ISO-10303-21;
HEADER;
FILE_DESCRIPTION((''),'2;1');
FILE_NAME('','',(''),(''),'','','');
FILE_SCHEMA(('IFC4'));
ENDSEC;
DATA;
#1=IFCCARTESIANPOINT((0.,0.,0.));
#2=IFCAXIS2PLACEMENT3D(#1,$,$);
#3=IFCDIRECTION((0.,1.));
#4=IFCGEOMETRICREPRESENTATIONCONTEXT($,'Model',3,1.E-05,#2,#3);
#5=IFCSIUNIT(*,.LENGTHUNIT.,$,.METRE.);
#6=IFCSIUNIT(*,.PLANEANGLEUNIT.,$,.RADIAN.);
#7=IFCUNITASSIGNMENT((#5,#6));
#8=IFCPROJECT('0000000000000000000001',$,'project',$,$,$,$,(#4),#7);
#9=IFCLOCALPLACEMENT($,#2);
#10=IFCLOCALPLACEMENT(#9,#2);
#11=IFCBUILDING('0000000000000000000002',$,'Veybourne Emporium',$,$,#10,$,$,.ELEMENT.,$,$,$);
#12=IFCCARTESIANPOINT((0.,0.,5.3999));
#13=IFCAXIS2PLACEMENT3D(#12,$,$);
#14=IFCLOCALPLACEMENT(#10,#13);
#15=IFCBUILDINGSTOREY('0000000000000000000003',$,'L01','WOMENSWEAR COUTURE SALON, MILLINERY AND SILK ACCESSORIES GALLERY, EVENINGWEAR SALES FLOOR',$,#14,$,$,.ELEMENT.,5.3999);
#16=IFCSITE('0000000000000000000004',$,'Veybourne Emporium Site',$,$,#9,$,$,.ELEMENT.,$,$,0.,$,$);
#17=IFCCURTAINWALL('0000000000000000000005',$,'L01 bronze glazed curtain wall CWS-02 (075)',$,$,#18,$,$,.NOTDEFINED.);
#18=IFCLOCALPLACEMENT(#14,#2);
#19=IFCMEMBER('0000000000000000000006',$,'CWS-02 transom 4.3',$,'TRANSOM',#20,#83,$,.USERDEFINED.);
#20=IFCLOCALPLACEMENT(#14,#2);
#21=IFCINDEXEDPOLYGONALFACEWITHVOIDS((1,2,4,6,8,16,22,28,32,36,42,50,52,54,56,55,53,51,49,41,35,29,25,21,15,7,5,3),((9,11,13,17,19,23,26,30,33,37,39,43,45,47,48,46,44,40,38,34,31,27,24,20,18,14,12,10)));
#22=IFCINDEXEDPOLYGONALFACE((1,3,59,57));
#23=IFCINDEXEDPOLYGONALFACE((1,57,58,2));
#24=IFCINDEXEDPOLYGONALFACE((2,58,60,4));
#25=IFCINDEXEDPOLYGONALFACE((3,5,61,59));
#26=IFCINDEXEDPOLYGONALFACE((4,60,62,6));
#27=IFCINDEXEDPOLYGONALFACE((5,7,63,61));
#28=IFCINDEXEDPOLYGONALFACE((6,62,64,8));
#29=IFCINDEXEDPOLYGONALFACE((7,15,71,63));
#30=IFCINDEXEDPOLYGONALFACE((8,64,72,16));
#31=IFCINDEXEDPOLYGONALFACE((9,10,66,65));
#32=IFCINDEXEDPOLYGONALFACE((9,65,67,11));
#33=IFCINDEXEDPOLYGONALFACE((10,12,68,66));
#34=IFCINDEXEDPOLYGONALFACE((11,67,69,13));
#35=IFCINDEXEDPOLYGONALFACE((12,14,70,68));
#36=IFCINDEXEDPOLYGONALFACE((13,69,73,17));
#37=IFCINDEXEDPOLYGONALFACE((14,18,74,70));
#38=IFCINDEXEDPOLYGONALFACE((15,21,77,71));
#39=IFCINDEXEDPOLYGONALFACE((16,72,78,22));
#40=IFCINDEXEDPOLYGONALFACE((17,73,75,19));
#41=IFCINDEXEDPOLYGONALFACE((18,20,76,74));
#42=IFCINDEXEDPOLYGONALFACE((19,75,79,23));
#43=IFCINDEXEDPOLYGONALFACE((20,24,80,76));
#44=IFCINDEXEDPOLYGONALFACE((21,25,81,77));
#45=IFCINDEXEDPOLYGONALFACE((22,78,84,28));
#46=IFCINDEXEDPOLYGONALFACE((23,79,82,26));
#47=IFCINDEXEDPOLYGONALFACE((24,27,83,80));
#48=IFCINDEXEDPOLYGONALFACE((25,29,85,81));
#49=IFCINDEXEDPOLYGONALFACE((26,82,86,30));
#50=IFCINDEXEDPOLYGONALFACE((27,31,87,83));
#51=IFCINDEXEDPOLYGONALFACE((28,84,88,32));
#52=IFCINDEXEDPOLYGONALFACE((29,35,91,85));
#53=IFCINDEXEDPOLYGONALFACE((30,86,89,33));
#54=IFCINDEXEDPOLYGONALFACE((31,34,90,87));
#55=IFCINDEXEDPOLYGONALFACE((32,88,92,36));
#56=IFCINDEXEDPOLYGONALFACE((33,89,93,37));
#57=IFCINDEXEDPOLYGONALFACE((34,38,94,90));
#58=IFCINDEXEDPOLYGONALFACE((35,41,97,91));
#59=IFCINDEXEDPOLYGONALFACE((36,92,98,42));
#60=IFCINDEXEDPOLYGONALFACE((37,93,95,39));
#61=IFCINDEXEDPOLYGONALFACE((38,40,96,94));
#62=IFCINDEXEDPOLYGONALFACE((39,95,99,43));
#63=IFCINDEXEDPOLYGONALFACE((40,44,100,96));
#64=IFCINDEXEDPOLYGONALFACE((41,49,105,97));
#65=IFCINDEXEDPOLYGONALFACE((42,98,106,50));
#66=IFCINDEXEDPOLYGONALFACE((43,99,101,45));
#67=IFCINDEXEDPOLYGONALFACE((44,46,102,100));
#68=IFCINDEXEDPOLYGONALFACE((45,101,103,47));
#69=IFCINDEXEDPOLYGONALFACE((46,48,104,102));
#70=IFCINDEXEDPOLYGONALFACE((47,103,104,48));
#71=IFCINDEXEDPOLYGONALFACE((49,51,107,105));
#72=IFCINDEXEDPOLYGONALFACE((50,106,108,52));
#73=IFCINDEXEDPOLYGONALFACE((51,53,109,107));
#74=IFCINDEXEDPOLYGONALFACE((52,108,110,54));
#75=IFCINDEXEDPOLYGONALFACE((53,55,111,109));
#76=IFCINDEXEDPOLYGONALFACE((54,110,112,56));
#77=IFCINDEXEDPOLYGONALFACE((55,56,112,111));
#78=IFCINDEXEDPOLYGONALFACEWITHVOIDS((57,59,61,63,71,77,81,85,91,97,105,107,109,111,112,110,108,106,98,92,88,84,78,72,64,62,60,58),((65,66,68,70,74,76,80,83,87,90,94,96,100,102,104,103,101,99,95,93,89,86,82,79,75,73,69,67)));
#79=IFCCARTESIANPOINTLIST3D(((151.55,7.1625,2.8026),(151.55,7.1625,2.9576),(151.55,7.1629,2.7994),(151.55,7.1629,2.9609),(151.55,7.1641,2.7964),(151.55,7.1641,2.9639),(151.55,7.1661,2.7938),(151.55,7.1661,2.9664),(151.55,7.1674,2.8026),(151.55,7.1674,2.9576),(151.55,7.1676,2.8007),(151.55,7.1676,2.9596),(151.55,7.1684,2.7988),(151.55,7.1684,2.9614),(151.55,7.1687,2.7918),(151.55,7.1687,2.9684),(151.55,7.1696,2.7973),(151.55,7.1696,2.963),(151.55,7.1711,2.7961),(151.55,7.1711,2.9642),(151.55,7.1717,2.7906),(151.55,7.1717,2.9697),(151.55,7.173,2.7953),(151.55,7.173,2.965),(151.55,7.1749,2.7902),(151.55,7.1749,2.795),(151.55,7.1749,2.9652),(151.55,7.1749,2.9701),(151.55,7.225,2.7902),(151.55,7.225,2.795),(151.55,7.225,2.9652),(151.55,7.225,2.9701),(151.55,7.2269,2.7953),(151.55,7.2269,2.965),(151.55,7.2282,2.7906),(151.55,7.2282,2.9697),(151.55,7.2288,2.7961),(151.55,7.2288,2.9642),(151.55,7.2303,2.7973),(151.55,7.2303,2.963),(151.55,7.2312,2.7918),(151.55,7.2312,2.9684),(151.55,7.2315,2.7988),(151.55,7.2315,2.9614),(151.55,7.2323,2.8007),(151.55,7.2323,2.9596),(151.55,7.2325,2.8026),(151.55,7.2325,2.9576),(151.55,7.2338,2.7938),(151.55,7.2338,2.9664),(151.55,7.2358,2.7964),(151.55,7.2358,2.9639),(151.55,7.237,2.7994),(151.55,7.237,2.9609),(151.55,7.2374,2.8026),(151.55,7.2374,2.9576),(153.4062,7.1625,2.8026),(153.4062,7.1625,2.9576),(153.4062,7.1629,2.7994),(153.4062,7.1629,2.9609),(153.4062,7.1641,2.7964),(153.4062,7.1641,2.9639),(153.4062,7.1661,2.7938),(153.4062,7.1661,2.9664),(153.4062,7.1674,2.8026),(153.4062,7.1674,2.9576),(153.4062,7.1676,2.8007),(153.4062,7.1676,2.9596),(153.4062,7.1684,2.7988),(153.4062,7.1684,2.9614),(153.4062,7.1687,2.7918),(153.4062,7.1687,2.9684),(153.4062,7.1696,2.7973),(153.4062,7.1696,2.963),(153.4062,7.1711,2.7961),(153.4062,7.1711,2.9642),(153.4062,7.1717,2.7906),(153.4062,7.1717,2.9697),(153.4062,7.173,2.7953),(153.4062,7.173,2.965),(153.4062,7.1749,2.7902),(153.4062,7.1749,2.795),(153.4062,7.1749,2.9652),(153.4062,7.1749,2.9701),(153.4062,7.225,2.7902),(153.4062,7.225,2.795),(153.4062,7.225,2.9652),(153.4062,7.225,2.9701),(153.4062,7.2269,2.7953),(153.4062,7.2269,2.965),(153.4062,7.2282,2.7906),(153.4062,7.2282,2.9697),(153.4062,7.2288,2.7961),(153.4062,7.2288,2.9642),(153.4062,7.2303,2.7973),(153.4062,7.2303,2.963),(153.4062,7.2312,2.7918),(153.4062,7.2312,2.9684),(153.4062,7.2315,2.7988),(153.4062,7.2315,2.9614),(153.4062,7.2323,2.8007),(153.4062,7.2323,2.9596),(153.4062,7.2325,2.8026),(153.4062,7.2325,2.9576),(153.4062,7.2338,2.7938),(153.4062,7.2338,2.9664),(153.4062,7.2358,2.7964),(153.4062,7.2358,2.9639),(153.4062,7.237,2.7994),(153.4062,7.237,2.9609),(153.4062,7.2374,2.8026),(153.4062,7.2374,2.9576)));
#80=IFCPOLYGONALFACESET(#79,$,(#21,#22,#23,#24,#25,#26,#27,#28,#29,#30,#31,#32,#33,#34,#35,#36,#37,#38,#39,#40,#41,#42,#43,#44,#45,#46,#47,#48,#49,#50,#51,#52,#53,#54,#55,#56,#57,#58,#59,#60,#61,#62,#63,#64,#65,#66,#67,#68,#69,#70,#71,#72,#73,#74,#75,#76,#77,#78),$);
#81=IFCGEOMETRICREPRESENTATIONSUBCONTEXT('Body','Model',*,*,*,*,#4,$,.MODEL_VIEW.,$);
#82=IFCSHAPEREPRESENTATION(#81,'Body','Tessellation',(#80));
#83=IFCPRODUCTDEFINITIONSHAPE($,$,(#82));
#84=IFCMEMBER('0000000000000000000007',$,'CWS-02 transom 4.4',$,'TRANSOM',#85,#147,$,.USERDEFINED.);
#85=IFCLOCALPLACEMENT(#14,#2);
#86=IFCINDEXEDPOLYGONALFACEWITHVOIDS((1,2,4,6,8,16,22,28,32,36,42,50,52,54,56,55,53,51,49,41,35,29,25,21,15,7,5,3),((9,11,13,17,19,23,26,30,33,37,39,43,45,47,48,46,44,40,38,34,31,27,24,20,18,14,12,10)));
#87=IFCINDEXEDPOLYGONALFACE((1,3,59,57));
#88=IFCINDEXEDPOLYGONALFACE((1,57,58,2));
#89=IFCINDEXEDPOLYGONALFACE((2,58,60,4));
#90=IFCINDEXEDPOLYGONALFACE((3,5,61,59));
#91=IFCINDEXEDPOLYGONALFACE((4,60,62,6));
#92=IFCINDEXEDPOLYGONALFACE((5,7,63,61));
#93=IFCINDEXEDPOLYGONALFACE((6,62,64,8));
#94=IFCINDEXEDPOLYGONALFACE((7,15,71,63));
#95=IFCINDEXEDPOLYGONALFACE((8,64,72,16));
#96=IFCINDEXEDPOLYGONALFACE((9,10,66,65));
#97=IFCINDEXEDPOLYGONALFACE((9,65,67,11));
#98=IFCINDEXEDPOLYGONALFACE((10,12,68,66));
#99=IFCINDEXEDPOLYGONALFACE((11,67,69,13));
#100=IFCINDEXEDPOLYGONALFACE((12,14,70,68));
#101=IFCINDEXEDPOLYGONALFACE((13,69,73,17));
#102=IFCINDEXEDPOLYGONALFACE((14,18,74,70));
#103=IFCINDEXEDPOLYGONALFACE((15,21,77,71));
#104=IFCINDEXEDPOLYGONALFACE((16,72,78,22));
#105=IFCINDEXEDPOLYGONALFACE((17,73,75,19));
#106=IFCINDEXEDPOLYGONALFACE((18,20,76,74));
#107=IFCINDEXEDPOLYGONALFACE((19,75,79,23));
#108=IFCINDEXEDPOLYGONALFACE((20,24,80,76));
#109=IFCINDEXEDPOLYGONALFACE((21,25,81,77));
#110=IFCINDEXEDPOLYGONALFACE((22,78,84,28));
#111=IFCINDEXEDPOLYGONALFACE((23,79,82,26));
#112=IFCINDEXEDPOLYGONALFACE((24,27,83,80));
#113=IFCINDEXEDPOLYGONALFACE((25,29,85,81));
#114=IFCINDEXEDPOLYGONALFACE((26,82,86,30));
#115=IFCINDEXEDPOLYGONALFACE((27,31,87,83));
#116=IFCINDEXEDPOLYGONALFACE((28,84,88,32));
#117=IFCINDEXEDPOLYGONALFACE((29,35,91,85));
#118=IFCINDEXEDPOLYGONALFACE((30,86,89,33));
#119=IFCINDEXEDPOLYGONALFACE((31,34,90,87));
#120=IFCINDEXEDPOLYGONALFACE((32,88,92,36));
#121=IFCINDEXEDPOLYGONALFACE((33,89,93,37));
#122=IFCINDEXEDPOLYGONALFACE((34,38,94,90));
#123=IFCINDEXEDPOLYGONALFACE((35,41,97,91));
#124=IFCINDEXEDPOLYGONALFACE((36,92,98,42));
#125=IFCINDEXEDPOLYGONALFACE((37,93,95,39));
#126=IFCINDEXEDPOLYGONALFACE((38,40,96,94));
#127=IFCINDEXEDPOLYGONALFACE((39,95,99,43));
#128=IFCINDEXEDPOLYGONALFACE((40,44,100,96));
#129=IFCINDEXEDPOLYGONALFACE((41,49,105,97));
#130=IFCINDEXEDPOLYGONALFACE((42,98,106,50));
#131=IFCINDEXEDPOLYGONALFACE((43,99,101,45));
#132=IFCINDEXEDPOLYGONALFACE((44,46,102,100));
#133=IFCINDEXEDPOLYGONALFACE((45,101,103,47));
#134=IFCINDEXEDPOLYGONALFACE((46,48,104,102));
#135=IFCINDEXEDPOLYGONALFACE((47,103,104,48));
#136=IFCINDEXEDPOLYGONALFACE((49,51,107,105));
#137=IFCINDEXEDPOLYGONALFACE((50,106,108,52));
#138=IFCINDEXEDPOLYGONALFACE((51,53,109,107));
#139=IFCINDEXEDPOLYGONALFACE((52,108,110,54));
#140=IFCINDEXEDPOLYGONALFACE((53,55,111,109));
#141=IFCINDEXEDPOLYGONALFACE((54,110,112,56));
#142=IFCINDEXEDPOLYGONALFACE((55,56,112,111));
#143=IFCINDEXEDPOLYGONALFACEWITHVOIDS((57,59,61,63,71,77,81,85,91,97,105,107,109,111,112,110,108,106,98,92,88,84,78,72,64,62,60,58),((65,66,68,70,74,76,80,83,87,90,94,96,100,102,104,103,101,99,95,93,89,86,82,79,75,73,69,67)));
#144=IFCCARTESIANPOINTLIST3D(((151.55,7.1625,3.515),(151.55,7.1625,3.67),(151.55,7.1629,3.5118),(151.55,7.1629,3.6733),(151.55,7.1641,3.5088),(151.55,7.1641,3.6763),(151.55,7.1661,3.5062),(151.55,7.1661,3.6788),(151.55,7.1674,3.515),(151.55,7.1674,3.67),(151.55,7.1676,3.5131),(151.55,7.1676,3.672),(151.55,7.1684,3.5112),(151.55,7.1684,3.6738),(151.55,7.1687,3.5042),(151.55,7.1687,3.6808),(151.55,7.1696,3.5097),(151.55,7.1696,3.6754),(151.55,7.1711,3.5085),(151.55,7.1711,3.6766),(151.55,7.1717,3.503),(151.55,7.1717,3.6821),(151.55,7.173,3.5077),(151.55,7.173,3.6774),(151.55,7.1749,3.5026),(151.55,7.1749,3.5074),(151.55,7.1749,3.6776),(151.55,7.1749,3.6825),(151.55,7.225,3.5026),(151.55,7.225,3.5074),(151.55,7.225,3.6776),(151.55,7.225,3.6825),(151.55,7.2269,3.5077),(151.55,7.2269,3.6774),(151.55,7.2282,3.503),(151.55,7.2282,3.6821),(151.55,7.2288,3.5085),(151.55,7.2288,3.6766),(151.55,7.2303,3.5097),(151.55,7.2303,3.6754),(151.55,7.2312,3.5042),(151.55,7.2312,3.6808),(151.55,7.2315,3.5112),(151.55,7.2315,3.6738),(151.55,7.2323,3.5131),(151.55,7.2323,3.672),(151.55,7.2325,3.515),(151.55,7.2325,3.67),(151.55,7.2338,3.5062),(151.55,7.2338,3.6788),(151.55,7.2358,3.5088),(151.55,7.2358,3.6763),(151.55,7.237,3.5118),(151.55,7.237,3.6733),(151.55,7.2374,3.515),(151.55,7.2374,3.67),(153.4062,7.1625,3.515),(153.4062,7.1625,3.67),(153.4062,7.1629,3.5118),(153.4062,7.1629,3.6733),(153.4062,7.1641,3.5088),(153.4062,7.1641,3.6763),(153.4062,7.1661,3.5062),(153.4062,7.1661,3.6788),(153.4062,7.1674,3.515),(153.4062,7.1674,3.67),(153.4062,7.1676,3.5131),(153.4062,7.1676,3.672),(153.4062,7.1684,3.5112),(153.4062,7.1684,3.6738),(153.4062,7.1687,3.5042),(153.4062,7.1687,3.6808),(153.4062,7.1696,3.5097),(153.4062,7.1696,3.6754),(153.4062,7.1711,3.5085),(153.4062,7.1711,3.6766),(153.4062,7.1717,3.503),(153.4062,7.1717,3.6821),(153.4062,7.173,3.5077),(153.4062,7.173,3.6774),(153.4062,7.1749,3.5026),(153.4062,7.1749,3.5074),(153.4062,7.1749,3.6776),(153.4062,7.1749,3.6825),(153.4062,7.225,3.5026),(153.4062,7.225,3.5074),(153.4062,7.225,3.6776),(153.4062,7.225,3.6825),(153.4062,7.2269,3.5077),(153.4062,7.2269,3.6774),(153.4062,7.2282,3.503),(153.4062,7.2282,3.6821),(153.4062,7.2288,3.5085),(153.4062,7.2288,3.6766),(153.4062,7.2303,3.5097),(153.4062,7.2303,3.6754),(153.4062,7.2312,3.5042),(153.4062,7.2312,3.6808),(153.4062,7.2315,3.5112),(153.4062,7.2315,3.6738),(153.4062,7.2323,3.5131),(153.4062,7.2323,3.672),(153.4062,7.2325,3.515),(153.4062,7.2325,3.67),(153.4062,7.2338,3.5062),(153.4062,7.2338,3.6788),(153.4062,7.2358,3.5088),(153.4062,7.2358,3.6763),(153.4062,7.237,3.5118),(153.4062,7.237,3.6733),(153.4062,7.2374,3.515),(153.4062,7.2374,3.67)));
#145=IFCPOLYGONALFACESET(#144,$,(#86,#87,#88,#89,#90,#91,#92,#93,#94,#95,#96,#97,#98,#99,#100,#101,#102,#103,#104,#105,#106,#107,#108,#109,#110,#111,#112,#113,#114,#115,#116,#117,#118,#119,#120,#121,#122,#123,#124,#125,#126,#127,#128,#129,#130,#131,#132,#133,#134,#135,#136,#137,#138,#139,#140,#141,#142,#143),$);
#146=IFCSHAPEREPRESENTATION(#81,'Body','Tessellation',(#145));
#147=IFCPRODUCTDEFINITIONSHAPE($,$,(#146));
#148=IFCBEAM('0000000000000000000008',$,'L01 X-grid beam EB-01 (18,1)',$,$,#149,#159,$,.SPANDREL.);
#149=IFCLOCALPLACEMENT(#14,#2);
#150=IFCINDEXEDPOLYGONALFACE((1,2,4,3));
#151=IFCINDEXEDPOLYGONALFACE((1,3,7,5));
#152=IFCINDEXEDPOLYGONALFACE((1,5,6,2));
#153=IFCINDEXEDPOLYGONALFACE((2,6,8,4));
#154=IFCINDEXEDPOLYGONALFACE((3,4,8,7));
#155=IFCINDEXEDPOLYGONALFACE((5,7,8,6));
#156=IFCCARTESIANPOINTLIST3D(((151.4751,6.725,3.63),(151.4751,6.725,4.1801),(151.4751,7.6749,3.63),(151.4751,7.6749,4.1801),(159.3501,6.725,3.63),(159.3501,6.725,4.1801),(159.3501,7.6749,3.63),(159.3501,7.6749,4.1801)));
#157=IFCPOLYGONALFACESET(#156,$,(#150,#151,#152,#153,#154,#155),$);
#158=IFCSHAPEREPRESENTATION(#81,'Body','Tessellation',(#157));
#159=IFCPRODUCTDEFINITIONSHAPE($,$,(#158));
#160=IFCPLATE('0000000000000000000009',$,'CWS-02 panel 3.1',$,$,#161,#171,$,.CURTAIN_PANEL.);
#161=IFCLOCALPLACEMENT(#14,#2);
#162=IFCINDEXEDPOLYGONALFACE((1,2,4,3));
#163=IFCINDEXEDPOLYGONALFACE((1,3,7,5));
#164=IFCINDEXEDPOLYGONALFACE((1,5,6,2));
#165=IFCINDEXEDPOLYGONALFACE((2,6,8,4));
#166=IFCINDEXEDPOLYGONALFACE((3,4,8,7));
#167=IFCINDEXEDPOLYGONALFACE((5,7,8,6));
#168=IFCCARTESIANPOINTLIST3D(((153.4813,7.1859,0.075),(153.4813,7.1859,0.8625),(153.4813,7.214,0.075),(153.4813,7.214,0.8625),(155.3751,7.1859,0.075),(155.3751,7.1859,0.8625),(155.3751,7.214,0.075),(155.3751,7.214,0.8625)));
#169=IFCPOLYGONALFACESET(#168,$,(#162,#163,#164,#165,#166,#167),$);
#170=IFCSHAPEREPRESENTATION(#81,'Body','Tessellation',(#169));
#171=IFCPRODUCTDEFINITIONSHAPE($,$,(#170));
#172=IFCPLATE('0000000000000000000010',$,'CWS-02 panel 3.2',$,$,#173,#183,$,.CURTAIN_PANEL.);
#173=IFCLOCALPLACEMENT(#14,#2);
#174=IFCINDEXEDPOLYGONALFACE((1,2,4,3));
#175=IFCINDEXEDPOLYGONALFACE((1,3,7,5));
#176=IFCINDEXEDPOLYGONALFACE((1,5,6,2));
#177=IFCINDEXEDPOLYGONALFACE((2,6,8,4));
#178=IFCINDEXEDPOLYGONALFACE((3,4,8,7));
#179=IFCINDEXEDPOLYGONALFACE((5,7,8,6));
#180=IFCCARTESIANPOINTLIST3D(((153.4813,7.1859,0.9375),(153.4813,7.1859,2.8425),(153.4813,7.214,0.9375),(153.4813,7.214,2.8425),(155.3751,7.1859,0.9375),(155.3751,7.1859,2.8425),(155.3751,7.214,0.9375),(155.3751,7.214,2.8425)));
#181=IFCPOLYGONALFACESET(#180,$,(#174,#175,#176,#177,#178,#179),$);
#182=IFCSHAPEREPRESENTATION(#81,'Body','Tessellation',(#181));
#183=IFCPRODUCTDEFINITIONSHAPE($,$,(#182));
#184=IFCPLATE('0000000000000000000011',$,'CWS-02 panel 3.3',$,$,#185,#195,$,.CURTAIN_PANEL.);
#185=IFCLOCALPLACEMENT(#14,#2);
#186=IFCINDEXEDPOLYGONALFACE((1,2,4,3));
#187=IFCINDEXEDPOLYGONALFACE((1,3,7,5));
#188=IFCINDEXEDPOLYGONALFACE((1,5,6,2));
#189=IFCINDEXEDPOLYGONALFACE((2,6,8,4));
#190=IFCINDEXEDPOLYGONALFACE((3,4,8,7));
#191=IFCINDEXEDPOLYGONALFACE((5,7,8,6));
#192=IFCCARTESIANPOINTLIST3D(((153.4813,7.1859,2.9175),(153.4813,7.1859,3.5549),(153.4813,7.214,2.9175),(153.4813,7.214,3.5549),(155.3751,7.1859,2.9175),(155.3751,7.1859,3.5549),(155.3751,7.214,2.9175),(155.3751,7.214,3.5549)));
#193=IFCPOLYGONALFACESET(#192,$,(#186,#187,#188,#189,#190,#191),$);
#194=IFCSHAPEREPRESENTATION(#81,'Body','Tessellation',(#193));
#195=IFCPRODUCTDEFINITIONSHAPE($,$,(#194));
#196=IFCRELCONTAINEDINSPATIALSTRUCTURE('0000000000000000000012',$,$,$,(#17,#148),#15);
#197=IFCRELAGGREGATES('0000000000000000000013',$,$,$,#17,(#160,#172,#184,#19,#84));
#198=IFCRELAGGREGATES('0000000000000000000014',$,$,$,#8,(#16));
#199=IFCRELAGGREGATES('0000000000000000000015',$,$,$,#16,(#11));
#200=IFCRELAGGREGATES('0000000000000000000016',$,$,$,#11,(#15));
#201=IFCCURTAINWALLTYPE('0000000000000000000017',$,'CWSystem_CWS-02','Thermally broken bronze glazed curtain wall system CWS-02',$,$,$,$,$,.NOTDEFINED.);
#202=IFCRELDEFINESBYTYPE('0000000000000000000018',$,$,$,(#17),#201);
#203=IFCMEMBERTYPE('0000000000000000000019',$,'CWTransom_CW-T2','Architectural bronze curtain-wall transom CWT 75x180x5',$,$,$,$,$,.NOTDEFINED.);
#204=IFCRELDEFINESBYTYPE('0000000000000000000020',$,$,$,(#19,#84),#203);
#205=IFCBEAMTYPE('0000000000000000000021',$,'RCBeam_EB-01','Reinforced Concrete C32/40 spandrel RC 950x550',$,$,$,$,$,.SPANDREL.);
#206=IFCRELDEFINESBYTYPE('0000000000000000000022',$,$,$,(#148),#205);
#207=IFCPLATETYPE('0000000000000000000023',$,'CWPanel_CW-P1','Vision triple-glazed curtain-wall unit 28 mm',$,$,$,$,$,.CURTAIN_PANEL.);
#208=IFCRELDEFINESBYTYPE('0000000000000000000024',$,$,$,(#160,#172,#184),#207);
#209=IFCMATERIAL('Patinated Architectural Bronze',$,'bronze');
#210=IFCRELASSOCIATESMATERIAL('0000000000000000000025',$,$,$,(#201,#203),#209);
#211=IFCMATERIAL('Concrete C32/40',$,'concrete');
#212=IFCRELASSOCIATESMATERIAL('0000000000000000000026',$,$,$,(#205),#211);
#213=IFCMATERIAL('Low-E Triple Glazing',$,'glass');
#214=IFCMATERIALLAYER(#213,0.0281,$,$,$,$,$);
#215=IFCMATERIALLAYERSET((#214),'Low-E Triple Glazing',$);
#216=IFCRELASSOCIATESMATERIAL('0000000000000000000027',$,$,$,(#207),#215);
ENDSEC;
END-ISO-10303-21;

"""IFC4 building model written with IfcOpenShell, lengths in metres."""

from ifc_helpers import new_model, si_unit, direction, frame, origin, origin_2d, place, context, subcontext, project, spatial, rectangle, hollow_rectangle, extrude, material, layer, layer_set, material_profile, profile_set, type_object, element, aggregate, save


model = new_model("IFC4")

# Units and contexts
model_context = context("Model", 3, precision=1e-05, world=origin(), true_north=direction((0.0, 1.0)))
body_context = subcontext(model_context, "Body", "Model", "MODEL_VIEW")
ifc_project = project(units=[si_unit("LENGTHUNIT", "METRE"), si_unit("PLANEANGLEUNIT", "RADIAN")], contexts=[model_context])

# Site, building, storey
site_placement = place(None, origin())
site = spatial("IfcSite", under=ifc_project, at=site_placement, Name="Veybourne Emporium Site", CompositionType="ELEMENT", RefElevation=0.0)
building_placement = place(site_placement, origin())
building = spatial("IfcBuilding", under=site, at=building_placement, Name="Veybourne Emporium", CompositionType="ELEMENT")
storey_placement = place(building_placement, frame((0.0, 0.0, 5.3999)))
storey = spatial("IfcBuildingStorey", under=building, at=storey_placement, Name="L01", Description="WOMENSWEAR COUTURE SALON, MILLINERY AND SILK ACCESSORIES GALLERY, EVENINGWEAR SALES FLOOR", CompositionType="ELEMENT", Elevation=5.3999)

# Shared definitions
ifc_material_1 = material(Name="Patinated Architectural Bronze", Category="bronze")

# Curtain wall
curtain_wall_type_1 = type_object("IfcCurtainWallType", Name="CWSystem_CWS-02", Description="Thermally broken bronze glazed curtain wall system CWS-02", PredefinedType="NOTDEFINED", material=ifc_material_1)
curtain_wall_1_placement = place(storey_placement, origin())
curtain_wall_1 = element("IfcCurtainWall", 1, at=curtain_wall_1_placement, inside=storey, type_object=curtain_wall_type_1, Name="L01 bronze glazed curtain wall CWS-02 (075)", PredefinedType="NOTDEFINED")

# Members
ifc_material_profile_1 = material_profile(ifc_material_1, hollow_rectangle(XDim=0.075, YDim=0.1799, WallThickness=0.0049, InnerFilletRadius=0.0076, OuterFilletRadius=0.0125, at=origin_2d()), Name="CWT 75x180x5")
ifc_profile_set_1 = profile_set([ifc_material_profile_1], Name="Patinated Architectural Bronze")
member_type_1 = type_object("IfcMemberType", Name="CWTransom_CW-T2", Description="Architectural bronze curtain-wall transom CWT 75x180x5", PredefinedType="NOTDEFINED", material=ifc_profile_set_1)
member_1_placement = place(storey_placement, frame((153.4062, 7.2, 2.8801), z_axis=(-1.0, 0.0, 0.0), x_axis=(0.0, -1.0, 0.0)))
member_1 = element("IfcMember", 2, at=member_1_placement, type_object=member_type_1, Name="CWS-02 transom 4.3", ObjectType="TRANSOM", PredefinedType="USERDEFINED", context=body_context, shape_type="SweptSolid", body=[
    extrude(hollow_rectangle(XDim=0.075, YDim=0.1799, WallThickness=0.0049, InnerFilletRadius=0.0076, OuterFilletRadius=0.0125, at=origin_2d()), origin(), (0.0, 0.0, 1.0), 1.8562),
])
member_2_placement = place(storey_placement, frame((153.4062, 7.2, 3.5925), z_axis=(-1.0, 0.0, 0.0), x_axis=(0.0, -1.0, 0.0)))
member_2 = element("IfcMember", 3, at=member_2_placement, type_object=member_type_1, Name="CWS-02 transom 4.4", ObjectType="TRANSOM", PredefinedType="USERDEFINED", context=body_context, shape_type="SweptSolid", body=[
    extrude(hollow_rectangle(XDim=0.075, YDim=0.1799, WallThickness=0.0049, InnerFilletRadius=0.0076, OuterFilletRadius=0.0125, at=origin_2d()), origin(), (0.0, 0.0, 1.0), 1.8562),
])

# Beam
ifc_material_2 = material(Name="Concrete C32/40", Category="concrete")
ifc_material_profile_2 = material_profile(ifc_material_2, rectangle(XDim=0.95, YDim=0.55, at=origin_2d()), Name="RC 950x550")
ifc_profile_set_2 = profile_set([ifc_material_profile_2], Name="Concrete C32/40")
beam_type = type_object("IfcBeamType", Name="RCBeam_EB-01", Description="Reinforced Concrete C32/40 spandrel RC 950x550", PredefinedType="SPANDREL", material=ifc_profile_set_2)
beam_placement = place(storey_placement, frame((151.4751, 7.2, 3.905), z_axis=(1.0, 0.0, 0.0), x_axis=(0.0, 1.0, 0.0)))
element("IfcBeam", 4, at=beam_placement, inside=storey, type_object=beam_type, Name="L01 X-grid beam EB-01 (18,1)", PredefinedType="SPANDREL", context=body_context, shape_type="SweptSolid", body=[
    extrude(rectangle(XDim=0.95, YDim=0.55, at=origin_2d()), origin(), (0.0, 0.0, 1.0), 7.875),
])

# Plates
ifc_material_3 = material(Name="Low-E Triple Glazing", Category="glass")
ifc_layer = layer(ifc_material_3, 0.0281)
ifc_layer_set = layer_set([ifc_layer], Name="Low-E Triple Glazing")
plate_type = type_object("IfcPlateType", Name="CWPanel_CW-P1", Description="Vision triple-glazed curtain-wall unit 28 mm", PredefinedType="CURTAIN_PANEL", material=ifc_layer_set)
plate_1_placement = place(storey_placement, frame((154.4282, 7.2, 0.075), z_axis=(0.0, 0.0, 1.0), x_axis=(-1.0, 0.0, 0.0)))
plate_1 = element("IfcPlate", 5, at=plate_1_placement, type_object=plate_type, Name="CWS-02 panel 3.1", PredefinedType="CURTAIN_PANEL", context=body_context, shape_type="SweptSolid", body=[
    extrude(rectangle(XDim=1.8938, YDim=0.0281, at=origin_2d()), origin(), (0.0, 0.0, 1.0), 0.7876),
])
plate_2_placement = place(storey_placement, frame((154.4282, 7.2, 0.9375), z_axis=(0.0, 0.0, 1.0), x_axis=(-1.0, 0.0, 0.0)))
plate_2 = element("IfcPlate", 6, at=plate_2_placement, type_object=plate_type, Name="CWS-02 panel 3.2", PredefinedType="CURTAIN_PANEL", context=body_context, shape_type="SweptSolid", body=[
    extrude(rectangle(XDim=1.8938, YDim=0.0281, at=origin_2d()), origin(), (0.0, 0.0, 1.0), 1.905),
])
plate_3_placement = place(storey_placement, frame((154.4282, 7.2, 2.9175), z_axis=(0.0, 0.0, 1.0), x_axis=(-1.0, 0.0, 0.0)))
plate_3 = element("IfcPlate", 7, at=plate_3_placement, type_object=plate_type, Name="CWS-02 panel 3.3", PredefinedType="CURTAIN_PANEL", context=body_context, shape_type="SweptSolid", body=[
    extrude(rectangle(XDim=1.8938, YDim=0.0281, at=origin_2d()), origin(), (0.0, 0.0, 1.0), 0.6375),
])
aggregate(curtain_wall_1, [plate_1, plate_2, plate_3, member_1, member_2])

save(model, "model.ifc")
